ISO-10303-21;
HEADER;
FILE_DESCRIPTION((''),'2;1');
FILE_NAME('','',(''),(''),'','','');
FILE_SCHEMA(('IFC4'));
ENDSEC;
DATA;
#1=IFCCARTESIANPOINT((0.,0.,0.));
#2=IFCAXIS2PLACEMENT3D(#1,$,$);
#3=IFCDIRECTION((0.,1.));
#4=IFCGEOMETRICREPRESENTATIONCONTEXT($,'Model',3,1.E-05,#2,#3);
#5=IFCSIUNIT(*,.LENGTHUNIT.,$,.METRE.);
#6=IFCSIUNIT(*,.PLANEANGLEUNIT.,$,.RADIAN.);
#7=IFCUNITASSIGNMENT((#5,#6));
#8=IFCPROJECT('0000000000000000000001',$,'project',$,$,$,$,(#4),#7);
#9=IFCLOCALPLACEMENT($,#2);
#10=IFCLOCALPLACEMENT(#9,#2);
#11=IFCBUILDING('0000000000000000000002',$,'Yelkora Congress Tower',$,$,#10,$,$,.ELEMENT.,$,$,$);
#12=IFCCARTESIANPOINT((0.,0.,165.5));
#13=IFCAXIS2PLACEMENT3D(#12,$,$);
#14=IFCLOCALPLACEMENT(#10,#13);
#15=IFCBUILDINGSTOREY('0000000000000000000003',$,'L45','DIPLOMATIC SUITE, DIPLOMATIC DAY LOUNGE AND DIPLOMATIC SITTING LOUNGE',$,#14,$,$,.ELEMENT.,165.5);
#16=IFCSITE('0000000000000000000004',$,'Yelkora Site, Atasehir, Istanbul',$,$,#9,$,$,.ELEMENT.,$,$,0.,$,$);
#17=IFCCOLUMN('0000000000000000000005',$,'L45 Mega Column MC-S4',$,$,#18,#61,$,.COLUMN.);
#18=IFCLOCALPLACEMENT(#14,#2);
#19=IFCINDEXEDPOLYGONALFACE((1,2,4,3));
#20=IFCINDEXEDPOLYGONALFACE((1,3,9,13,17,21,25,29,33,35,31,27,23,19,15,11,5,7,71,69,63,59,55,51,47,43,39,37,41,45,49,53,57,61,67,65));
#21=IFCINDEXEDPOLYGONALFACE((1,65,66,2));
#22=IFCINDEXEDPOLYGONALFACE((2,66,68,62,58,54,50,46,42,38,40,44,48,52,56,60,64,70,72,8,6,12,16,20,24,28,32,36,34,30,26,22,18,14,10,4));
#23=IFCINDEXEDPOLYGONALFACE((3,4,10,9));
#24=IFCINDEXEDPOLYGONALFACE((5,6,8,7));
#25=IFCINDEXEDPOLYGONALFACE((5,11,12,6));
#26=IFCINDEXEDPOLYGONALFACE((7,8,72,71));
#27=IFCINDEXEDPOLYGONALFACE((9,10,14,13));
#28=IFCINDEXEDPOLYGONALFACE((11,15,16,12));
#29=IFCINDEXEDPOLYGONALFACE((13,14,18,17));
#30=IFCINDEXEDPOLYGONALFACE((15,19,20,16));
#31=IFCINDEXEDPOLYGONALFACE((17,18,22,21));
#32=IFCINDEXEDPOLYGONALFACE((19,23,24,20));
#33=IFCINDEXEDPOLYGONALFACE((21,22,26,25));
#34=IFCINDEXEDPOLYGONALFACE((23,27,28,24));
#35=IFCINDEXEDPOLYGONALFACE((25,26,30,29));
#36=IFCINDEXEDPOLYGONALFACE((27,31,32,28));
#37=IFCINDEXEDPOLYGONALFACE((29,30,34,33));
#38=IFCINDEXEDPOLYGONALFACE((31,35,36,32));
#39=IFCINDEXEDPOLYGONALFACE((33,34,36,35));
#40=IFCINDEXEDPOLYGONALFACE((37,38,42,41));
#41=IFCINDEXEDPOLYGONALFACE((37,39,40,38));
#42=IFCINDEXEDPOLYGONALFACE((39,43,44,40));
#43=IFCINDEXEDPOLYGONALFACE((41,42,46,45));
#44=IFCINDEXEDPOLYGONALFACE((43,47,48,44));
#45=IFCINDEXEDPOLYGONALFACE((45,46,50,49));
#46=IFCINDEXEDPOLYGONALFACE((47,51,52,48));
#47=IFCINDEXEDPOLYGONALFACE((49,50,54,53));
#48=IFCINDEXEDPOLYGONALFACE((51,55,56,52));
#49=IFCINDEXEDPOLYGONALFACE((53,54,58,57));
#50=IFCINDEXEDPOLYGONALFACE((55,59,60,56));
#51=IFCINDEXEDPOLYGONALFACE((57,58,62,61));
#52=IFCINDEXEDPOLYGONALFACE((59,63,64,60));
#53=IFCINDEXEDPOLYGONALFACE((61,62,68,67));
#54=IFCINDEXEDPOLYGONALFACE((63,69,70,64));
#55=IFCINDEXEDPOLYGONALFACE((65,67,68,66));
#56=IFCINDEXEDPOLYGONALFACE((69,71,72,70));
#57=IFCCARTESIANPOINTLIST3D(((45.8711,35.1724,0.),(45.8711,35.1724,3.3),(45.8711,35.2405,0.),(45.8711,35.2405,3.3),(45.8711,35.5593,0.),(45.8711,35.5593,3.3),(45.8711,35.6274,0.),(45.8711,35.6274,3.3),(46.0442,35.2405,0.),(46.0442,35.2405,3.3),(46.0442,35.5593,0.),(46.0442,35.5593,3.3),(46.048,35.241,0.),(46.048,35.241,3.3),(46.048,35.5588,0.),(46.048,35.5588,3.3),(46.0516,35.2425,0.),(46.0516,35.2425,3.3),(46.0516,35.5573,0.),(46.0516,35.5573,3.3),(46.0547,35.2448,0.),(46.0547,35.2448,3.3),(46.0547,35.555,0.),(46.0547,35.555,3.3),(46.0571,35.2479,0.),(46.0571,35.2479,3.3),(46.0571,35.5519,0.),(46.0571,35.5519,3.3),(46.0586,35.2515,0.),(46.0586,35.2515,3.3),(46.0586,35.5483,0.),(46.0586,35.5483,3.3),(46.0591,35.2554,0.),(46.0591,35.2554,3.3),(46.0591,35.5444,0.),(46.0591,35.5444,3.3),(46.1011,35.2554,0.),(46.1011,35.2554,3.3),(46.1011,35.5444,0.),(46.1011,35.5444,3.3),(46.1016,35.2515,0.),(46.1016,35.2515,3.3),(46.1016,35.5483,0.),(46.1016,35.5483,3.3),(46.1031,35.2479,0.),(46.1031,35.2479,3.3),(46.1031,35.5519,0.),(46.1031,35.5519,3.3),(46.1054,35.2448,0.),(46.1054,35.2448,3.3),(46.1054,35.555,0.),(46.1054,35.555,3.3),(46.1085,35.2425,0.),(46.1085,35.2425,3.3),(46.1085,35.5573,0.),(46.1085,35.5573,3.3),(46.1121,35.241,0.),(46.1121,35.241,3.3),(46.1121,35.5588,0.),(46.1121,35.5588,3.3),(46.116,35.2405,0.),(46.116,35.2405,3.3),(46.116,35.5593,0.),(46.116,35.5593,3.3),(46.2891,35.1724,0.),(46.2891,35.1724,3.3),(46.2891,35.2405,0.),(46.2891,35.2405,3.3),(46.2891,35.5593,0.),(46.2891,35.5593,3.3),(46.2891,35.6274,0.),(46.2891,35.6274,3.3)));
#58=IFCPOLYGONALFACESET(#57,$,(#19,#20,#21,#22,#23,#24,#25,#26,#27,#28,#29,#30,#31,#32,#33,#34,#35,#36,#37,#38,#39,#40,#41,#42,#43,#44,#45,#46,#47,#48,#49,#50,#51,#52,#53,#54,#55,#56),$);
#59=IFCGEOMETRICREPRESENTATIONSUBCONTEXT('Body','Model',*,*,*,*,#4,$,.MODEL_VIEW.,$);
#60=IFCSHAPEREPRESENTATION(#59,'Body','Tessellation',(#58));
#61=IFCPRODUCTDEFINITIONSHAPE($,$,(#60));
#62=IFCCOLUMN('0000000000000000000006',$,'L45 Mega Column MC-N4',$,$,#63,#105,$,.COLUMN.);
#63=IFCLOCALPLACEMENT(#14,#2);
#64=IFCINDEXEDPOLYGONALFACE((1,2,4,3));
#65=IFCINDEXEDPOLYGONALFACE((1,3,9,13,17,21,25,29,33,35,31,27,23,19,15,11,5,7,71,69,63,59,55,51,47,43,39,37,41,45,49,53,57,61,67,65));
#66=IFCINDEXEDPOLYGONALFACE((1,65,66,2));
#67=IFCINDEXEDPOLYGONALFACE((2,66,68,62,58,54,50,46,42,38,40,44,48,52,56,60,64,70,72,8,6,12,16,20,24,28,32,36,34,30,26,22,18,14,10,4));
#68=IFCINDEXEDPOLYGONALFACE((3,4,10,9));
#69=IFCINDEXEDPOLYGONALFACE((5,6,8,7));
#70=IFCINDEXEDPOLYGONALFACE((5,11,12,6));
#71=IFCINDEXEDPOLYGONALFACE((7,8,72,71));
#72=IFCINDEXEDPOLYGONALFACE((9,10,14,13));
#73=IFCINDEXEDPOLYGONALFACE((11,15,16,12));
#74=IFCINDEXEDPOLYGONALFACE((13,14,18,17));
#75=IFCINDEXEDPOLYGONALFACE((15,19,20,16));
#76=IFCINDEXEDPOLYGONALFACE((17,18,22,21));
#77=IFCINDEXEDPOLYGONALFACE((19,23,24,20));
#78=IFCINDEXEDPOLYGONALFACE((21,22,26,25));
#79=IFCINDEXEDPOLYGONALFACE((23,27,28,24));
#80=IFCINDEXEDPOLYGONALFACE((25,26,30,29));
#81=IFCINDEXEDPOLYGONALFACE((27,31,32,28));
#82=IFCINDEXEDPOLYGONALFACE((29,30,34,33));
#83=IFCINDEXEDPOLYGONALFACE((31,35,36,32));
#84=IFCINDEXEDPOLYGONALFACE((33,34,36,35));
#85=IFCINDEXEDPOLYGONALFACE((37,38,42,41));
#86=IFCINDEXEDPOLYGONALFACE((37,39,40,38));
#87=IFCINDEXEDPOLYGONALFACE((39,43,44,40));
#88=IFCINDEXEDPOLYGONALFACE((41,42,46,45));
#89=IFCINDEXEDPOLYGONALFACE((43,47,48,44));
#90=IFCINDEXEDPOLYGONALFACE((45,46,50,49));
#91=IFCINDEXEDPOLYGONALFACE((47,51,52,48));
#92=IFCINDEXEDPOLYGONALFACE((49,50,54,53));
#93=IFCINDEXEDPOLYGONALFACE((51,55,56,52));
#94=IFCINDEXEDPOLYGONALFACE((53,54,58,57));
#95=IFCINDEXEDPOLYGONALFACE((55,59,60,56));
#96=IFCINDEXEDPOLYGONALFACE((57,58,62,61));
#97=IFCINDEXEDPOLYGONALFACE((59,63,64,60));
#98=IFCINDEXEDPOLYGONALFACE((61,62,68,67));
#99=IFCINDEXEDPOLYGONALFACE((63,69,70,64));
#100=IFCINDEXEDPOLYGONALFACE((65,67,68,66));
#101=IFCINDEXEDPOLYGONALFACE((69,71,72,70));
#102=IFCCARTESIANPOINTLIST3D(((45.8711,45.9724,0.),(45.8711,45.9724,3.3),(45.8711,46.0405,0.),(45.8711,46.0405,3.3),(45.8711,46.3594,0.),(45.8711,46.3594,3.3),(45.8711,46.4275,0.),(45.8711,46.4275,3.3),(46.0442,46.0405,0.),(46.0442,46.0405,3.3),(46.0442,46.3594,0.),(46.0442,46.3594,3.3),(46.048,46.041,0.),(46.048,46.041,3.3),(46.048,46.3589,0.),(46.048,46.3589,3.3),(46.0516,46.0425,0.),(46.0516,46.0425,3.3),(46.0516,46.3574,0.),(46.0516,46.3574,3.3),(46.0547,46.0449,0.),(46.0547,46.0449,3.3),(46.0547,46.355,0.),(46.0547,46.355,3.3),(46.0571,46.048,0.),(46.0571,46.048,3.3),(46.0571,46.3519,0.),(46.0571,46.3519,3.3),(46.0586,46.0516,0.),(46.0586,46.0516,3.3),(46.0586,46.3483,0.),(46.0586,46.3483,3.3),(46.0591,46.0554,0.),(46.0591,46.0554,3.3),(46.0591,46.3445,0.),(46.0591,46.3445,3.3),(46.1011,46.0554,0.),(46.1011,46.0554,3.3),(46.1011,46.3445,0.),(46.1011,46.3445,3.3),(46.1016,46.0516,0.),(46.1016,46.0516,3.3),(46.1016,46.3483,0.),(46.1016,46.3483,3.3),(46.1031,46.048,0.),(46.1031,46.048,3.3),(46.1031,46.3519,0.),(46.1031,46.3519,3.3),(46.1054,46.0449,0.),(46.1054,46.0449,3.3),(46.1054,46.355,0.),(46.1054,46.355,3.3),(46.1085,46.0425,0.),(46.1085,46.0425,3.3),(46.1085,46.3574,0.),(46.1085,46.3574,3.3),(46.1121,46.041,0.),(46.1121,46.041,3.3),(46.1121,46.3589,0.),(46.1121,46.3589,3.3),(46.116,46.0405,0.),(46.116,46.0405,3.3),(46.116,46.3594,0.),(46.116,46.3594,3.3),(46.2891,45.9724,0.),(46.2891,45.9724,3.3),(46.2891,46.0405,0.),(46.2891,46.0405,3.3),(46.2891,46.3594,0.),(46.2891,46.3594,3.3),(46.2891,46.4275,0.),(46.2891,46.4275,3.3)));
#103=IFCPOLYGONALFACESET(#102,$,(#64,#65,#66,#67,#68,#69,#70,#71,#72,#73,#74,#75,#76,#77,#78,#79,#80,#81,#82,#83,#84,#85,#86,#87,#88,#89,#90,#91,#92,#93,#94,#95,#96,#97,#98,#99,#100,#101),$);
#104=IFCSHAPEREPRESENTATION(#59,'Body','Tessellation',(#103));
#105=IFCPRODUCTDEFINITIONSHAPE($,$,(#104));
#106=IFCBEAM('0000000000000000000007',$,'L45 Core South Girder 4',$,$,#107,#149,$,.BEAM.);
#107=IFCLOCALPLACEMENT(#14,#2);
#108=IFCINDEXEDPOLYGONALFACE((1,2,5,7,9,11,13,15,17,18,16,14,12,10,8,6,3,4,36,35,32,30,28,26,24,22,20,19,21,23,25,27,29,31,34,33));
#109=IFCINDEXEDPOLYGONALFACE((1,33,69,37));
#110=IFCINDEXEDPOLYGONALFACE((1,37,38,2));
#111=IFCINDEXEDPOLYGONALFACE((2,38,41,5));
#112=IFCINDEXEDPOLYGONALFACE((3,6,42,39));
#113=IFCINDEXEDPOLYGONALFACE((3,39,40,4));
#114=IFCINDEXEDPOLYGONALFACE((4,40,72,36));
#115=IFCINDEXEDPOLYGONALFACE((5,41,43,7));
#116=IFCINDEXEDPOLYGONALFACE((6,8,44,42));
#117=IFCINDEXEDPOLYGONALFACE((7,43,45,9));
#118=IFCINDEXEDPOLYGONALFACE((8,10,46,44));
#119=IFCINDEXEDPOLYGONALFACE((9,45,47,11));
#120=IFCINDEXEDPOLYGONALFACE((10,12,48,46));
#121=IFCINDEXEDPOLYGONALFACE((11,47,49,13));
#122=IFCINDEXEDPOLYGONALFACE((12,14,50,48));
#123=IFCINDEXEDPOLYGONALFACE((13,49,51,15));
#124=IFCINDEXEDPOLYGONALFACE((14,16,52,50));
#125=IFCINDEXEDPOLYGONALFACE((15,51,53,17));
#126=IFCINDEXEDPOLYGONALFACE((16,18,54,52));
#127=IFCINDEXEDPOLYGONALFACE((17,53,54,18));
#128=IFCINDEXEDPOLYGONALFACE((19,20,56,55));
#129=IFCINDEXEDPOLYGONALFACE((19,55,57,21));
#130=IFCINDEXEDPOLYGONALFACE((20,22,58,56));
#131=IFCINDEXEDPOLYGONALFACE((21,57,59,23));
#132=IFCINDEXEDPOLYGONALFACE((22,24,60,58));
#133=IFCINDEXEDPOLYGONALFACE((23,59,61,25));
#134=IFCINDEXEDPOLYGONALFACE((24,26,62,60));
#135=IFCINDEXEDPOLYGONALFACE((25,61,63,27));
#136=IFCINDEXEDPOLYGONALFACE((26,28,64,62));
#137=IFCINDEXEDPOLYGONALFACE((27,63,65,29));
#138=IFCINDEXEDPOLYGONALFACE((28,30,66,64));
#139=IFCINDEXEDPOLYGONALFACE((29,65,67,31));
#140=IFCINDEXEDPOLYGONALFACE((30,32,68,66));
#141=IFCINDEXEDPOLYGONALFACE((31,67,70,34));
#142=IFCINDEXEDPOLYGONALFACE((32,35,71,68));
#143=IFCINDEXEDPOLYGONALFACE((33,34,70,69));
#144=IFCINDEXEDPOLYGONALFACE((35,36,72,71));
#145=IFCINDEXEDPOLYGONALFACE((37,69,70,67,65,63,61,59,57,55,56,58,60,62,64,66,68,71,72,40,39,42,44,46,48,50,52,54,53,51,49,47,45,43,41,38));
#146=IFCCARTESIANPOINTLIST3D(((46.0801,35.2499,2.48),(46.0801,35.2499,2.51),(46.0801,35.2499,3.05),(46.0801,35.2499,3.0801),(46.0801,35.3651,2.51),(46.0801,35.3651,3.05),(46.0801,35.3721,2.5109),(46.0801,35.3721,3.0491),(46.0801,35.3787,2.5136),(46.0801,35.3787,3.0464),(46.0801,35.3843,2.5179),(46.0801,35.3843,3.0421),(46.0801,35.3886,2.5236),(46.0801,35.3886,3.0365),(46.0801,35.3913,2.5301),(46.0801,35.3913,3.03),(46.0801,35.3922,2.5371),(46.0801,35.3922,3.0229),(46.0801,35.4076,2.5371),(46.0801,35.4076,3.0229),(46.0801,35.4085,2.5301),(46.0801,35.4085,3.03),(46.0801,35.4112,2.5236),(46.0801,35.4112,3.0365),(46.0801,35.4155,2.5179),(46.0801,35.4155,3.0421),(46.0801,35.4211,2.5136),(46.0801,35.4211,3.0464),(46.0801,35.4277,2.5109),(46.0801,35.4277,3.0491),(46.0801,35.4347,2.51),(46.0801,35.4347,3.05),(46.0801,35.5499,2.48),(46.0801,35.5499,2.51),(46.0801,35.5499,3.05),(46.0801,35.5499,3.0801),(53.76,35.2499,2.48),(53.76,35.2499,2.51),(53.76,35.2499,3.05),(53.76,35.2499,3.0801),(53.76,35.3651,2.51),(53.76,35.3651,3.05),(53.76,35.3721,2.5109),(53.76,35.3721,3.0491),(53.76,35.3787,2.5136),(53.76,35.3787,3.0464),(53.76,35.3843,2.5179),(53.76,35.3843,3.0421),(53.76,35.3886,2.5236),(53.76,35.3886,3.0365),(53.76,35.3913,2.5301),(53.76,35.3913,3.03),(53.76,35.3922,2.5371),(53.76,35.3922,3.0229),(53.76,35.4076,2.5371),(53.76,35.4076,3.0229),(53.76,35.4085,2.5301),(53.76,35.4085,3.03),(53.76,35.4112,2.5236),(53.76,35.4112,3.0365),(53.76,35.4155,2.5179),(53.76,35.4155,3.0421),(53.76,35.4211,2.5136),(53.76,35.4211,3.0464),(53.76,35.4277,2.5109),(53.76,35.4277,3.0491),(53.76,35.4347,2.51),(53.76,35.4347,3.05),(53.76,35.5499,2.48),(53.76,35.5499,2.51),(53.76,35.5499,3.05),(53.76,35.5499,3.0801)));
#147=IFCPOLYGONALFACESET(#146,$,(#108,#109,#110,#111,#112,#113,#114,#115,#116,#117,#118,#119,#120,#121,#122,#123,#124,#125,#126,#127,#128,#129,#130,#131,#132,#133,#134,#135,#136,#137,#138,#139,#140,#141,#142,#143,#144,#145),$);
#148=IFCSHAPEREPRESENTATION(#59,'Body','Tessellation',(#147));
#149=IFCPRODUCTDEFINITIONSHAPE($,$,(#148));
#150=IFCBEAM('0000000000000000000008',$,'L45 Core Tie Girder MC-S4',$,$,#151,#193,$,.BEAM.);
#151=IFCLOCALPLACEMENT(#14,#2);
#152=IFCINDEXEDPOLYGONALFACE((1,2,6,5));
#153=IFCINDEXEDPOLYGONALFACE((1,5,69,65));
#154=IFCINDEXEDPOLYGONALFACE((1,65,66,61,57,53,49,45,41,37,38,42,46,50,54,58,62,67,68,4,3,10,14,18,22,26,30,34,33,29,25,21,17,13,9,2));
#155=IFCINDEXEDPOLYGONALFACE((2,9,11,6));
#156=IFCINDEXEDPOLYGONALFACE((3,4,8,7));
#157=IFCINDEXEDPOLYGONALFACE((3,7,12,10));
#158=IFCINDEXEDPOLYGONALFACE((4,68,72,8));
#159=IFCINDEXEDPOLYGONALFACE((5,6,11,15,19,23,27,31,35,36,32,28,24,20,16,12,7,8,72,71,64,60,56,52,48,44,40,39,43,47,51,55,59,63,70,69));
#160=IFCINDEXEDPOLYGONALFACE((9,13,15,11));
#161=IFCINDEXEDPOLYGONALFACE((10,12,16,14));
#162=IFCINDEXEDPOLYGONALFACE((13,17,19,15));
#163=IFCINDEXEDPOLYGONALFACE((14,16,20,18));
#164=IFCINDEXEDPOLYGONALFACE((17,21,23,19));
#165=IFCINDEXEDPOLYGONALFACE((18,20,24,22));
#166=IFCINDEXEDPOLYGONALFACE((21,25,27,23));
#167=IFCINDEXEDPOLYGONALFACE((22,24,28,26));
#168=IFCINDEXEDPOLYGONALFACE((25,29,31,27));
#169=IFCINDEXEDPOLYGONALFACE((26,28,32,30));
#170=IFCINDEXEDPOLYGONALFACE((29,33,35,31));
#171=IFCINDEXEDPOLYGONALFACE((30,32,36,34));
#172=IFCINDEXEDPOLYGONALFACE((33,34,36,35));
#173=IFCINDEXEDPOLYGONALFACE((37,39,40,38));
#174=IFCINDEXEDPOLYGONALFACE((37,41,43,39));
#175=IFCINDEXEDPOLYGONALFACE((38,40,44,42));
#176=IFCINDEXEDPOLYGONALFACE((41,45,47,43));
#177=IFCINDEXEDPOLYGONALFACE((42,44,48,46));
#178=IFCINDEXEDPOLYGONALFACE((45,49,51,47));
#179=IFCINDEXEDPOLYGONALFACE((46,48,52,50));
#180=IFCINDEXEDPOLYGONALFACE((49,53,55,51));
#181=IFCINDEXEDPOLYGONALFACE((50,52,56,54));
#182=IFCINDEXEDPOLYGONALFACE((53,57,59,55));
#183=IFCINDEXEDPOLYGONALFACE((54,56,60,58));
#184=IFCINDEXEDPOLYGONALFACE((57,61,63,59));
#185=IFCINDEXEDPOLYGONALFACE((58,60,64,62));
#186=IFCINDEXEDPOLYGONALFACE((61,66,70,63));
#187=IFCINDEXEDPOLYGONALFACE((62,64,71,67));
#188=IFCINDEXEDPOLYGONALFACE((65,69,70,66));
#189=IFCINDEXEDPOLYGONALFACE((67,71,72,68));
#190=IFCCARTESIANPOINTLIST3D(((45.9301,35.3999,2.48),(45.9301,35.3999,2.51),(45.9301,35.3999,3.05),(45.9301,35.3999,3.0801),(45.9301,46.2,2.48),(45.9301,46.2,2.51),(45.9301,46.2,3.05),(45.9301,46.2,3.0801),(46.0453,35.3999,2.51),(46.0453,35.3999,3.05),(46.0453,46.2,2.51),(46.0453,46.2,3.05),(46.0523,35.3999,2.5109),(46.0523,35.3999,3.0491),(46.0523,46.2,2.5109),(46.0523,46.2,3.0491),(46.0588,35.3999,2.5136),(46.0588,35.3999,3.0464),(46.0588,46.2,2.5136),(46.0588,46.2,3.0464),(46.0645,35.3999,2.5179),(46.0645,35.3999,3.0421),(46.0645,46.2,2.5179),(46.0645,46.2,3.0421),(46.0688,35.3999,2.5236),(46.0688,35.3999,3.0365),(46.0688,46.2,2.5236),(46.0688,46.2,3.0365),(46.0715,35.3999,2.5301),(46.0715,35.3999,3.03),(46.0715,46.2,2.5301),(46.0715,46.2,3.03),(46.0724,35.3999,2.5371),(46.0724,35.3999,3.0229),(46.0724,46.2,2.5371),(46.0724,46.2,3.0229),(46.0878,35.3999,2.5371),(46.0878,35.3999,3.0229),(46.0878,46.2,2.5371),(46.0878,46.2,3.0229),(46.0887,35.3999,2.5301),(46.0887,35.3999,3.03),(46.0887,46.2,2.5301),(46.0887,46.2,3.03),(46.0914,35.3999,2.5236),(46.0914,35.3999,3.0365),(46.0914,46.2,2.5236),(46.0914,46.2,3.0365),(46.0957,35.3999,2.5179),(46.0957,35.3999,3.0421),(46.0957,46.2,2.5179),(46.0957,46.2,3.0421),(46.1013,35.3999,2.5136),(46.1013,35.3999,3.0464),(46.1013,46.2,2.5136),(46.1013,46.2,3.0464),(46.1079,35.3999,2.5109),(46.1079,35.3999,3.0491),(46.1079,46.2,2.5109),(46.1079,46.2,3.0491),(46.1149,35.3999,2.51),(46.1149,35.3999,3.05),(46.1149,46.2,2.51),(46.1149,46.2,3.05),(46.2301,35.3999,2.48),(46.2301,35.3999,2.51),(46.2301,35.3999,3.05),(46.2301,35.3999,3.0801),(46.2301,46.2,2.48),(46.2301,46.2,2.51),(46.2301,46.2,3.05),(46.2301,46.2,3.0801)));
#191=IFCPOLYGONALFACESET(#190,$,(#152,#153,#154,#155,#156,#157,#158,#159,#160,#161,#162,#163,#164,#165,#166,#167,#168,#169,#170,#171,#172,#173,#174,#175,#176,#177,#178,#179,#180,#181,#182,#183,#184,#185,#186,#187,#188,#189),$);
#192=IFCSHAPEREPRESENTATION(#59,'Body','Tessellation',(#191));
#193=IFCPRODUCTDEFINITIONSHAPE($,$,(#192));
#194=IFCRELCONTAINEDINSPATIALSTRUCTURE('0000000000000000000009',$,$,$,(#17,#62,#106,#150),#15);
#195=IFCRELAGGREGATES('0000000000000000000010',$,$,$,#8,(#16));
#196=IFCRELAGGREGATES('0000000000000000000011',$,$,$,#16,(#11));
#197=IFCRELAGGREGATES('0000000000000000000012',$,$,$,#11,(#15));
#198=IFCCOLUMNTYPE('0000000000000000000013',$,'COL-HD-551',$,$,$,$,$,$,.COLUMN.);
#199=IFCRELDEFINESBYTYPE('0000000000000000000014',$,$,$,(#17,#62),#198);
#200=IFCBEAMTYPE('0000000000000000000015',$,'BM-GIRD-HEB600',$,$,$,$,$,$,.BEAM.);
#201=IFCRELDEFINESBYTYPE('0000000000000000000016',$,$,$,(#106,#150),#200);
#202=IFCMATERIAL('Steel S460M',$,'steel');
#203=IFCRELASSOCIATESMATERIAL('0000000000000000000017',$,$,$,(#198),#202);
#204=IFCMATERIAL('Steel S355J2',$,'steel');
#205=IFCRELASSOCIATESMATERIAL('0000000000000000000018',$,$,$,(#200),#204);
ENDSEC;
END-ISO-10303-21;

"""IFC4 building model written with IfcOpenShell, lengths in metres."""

from ifc_helpers import new_model, si_unit, direction, frame, origin, origin_2d, place, context, subcontext, project, spatial, i_section, extrude, material, material_profile, profile_set, type_object, element, save


model = new_model("IFC4")

# Units and contexts
model_context = context("Model", 3, precision=1e-05, world=origin(), true_north=direction((0.0, 1.0)))
body_context = subcontext(model_context, "Body", "Model", "MODEL_VIEW")
ifc_project = project(units=[si_unit("LENGTHUNIT", "METRE"), si_unit("PLANEANGLEUNIT", "RADIAN")], contexts=[model_context])

# Site, building, storey
site_placement = place(None, origin())
site = spatial("IfcSite", under=ifc_project, at=site_placement, Name="Yelkora Site, Atasehir, Istanbul", CompositionType="ELEMENT", RefElevation=0.0)
building_placement = place(site_placement, origin())
building = spatial("IfcBuilding", under=site, at=building_placement, Name="Yelkora Congress Tower", CompositionType="ELEMENT")
storey_placement = place(building_placement, frame((0.0, 0.0, 165.5)))
storey = spatial("IfcBuildingStorey", under=building, at=storey_placement, Name="L45", Description="DIPLOMATIC SUITE, DIPLOMATIC DAY LOUNGE AND DIPLOMATIC SITTING LOUNGE", CompositionType="ELEMENT", Elevation=165.5)

# Columns
ifc_material_1 = material(Name="Steel S460M", Category="steel")
ifc_material_profile_1 = material_profile(ifc_material_1, i_section(OverallWidth=0.418, OverallDepth=0.4551, WebThickness=0.042, FlangeThickness=0.0681, FilletRadius=0.0149, at=origin_2d()), Name="HD 400x551")
ifc_profile_set_1 = profile_set([ifc_material_profile_1], Name="Steel S460M")
column_type = type_object("IfcColumnType", Name="COL-HD-551", PredefinedType="COLUMN", material=ifc_profile_set_1)
for number, where, z_axis, x_axis, name in (
    (1, (46.0801, 35.3999, 0.0), (0.0, 0.0, 1.0), (1.0, 0.0, 0.0), "L45 Mega Column MC-S4"),
    (2, (46.0801, 46.2, 0.0), (0.0, 0.0, 1.0), (1.0, 0.0, 0.0), "L45 Mega Column MC-N4"),
):
    element("IfcColumn", number, at=place(storey_placement, frame(where, z_axis=z_axis, x_axis=x_axis)), inside=storey, type_object=column_type, Name=name, PredefinedType="COLUMN", context=body_context, shape_type="SweptSolid", body=[
        extrude(i_section(OverallWidth=0.418, OverallDepth=0.4551, WebThickness=0.042, FlangeThickness=0.0681, FilletRadius=0.0149, at=origin_2d()), origin(), (0.0, 0.0, 1.0), 3.3),
    ])

# Beams
ifc_material_2 = material(Name="Steel S355J2", Category="steel")
ifc_material_profile_2 = material_profile(ifc_material_2, i_section(OverallWidth=0.3, OverallDepth=0.6001, WebThickness=0.0154, FlangeThickness=0.03, FilletRadius=0.0271, at=origin_2d()), Name="HEB 600")
ifc_profile_set_2 = profile_set([ifc_material_profile_2], Name="Steel S355J2")
beam_type_1 = type_object("IfcBeamType", Name="BM-GIRD-HEB600", PredefinedType="BEAM", material=ifc_profile_set_2)
beam_1_placement = place(storey_placement, frame((46.0801, 35.3999, 2.78), z_axis=(1.0, 0.0, 0.0), x_axis=(0.0, 1.0, 0.0)))
element("IfcBeam", 3, at=beam_1_placement, inside=storey, type_object=beam_type_1, Name="L45 Core South Girder 4", PredefinedType="BEAM", context=body_context, shape_type="SweptSolid", body=[
    extrude(i_section(OverallWidth=0.3, OverallDepth=0.6001, WebThickness=0.0154, FlangeThickness=0.03, FilletRadius=0.0271, at=origin_2d()), origin(), (0.0, 0.0, 1.0), 7.6799),
])
beam_2_placement = place(storey_placement, frame((46.0801, 35.3999, 2.78), z_axis=(0.0, 1.0, 0.0), x_axis=(-1.0, 0.0, 0.0)))
element("IfcBeam", 4, at=beam_2_placement, inside=storey, type_object=beam_type_1, Name="L45 Core Tie Girder MC-S4", PredefinedType="BEAM", context=body_context, shape_type="SweptSolid", body=[
    extrude(i_section(OverallWidth=0.3, OverallDepth=0.6001, WebThickness=0.0154, FlangeThickness=0.03, FilletRadius=0.0271, at=origin_2d()), origin(), (0.0, 0.0, 1.0), 10.8),
])

save(model, "model.ifc")
